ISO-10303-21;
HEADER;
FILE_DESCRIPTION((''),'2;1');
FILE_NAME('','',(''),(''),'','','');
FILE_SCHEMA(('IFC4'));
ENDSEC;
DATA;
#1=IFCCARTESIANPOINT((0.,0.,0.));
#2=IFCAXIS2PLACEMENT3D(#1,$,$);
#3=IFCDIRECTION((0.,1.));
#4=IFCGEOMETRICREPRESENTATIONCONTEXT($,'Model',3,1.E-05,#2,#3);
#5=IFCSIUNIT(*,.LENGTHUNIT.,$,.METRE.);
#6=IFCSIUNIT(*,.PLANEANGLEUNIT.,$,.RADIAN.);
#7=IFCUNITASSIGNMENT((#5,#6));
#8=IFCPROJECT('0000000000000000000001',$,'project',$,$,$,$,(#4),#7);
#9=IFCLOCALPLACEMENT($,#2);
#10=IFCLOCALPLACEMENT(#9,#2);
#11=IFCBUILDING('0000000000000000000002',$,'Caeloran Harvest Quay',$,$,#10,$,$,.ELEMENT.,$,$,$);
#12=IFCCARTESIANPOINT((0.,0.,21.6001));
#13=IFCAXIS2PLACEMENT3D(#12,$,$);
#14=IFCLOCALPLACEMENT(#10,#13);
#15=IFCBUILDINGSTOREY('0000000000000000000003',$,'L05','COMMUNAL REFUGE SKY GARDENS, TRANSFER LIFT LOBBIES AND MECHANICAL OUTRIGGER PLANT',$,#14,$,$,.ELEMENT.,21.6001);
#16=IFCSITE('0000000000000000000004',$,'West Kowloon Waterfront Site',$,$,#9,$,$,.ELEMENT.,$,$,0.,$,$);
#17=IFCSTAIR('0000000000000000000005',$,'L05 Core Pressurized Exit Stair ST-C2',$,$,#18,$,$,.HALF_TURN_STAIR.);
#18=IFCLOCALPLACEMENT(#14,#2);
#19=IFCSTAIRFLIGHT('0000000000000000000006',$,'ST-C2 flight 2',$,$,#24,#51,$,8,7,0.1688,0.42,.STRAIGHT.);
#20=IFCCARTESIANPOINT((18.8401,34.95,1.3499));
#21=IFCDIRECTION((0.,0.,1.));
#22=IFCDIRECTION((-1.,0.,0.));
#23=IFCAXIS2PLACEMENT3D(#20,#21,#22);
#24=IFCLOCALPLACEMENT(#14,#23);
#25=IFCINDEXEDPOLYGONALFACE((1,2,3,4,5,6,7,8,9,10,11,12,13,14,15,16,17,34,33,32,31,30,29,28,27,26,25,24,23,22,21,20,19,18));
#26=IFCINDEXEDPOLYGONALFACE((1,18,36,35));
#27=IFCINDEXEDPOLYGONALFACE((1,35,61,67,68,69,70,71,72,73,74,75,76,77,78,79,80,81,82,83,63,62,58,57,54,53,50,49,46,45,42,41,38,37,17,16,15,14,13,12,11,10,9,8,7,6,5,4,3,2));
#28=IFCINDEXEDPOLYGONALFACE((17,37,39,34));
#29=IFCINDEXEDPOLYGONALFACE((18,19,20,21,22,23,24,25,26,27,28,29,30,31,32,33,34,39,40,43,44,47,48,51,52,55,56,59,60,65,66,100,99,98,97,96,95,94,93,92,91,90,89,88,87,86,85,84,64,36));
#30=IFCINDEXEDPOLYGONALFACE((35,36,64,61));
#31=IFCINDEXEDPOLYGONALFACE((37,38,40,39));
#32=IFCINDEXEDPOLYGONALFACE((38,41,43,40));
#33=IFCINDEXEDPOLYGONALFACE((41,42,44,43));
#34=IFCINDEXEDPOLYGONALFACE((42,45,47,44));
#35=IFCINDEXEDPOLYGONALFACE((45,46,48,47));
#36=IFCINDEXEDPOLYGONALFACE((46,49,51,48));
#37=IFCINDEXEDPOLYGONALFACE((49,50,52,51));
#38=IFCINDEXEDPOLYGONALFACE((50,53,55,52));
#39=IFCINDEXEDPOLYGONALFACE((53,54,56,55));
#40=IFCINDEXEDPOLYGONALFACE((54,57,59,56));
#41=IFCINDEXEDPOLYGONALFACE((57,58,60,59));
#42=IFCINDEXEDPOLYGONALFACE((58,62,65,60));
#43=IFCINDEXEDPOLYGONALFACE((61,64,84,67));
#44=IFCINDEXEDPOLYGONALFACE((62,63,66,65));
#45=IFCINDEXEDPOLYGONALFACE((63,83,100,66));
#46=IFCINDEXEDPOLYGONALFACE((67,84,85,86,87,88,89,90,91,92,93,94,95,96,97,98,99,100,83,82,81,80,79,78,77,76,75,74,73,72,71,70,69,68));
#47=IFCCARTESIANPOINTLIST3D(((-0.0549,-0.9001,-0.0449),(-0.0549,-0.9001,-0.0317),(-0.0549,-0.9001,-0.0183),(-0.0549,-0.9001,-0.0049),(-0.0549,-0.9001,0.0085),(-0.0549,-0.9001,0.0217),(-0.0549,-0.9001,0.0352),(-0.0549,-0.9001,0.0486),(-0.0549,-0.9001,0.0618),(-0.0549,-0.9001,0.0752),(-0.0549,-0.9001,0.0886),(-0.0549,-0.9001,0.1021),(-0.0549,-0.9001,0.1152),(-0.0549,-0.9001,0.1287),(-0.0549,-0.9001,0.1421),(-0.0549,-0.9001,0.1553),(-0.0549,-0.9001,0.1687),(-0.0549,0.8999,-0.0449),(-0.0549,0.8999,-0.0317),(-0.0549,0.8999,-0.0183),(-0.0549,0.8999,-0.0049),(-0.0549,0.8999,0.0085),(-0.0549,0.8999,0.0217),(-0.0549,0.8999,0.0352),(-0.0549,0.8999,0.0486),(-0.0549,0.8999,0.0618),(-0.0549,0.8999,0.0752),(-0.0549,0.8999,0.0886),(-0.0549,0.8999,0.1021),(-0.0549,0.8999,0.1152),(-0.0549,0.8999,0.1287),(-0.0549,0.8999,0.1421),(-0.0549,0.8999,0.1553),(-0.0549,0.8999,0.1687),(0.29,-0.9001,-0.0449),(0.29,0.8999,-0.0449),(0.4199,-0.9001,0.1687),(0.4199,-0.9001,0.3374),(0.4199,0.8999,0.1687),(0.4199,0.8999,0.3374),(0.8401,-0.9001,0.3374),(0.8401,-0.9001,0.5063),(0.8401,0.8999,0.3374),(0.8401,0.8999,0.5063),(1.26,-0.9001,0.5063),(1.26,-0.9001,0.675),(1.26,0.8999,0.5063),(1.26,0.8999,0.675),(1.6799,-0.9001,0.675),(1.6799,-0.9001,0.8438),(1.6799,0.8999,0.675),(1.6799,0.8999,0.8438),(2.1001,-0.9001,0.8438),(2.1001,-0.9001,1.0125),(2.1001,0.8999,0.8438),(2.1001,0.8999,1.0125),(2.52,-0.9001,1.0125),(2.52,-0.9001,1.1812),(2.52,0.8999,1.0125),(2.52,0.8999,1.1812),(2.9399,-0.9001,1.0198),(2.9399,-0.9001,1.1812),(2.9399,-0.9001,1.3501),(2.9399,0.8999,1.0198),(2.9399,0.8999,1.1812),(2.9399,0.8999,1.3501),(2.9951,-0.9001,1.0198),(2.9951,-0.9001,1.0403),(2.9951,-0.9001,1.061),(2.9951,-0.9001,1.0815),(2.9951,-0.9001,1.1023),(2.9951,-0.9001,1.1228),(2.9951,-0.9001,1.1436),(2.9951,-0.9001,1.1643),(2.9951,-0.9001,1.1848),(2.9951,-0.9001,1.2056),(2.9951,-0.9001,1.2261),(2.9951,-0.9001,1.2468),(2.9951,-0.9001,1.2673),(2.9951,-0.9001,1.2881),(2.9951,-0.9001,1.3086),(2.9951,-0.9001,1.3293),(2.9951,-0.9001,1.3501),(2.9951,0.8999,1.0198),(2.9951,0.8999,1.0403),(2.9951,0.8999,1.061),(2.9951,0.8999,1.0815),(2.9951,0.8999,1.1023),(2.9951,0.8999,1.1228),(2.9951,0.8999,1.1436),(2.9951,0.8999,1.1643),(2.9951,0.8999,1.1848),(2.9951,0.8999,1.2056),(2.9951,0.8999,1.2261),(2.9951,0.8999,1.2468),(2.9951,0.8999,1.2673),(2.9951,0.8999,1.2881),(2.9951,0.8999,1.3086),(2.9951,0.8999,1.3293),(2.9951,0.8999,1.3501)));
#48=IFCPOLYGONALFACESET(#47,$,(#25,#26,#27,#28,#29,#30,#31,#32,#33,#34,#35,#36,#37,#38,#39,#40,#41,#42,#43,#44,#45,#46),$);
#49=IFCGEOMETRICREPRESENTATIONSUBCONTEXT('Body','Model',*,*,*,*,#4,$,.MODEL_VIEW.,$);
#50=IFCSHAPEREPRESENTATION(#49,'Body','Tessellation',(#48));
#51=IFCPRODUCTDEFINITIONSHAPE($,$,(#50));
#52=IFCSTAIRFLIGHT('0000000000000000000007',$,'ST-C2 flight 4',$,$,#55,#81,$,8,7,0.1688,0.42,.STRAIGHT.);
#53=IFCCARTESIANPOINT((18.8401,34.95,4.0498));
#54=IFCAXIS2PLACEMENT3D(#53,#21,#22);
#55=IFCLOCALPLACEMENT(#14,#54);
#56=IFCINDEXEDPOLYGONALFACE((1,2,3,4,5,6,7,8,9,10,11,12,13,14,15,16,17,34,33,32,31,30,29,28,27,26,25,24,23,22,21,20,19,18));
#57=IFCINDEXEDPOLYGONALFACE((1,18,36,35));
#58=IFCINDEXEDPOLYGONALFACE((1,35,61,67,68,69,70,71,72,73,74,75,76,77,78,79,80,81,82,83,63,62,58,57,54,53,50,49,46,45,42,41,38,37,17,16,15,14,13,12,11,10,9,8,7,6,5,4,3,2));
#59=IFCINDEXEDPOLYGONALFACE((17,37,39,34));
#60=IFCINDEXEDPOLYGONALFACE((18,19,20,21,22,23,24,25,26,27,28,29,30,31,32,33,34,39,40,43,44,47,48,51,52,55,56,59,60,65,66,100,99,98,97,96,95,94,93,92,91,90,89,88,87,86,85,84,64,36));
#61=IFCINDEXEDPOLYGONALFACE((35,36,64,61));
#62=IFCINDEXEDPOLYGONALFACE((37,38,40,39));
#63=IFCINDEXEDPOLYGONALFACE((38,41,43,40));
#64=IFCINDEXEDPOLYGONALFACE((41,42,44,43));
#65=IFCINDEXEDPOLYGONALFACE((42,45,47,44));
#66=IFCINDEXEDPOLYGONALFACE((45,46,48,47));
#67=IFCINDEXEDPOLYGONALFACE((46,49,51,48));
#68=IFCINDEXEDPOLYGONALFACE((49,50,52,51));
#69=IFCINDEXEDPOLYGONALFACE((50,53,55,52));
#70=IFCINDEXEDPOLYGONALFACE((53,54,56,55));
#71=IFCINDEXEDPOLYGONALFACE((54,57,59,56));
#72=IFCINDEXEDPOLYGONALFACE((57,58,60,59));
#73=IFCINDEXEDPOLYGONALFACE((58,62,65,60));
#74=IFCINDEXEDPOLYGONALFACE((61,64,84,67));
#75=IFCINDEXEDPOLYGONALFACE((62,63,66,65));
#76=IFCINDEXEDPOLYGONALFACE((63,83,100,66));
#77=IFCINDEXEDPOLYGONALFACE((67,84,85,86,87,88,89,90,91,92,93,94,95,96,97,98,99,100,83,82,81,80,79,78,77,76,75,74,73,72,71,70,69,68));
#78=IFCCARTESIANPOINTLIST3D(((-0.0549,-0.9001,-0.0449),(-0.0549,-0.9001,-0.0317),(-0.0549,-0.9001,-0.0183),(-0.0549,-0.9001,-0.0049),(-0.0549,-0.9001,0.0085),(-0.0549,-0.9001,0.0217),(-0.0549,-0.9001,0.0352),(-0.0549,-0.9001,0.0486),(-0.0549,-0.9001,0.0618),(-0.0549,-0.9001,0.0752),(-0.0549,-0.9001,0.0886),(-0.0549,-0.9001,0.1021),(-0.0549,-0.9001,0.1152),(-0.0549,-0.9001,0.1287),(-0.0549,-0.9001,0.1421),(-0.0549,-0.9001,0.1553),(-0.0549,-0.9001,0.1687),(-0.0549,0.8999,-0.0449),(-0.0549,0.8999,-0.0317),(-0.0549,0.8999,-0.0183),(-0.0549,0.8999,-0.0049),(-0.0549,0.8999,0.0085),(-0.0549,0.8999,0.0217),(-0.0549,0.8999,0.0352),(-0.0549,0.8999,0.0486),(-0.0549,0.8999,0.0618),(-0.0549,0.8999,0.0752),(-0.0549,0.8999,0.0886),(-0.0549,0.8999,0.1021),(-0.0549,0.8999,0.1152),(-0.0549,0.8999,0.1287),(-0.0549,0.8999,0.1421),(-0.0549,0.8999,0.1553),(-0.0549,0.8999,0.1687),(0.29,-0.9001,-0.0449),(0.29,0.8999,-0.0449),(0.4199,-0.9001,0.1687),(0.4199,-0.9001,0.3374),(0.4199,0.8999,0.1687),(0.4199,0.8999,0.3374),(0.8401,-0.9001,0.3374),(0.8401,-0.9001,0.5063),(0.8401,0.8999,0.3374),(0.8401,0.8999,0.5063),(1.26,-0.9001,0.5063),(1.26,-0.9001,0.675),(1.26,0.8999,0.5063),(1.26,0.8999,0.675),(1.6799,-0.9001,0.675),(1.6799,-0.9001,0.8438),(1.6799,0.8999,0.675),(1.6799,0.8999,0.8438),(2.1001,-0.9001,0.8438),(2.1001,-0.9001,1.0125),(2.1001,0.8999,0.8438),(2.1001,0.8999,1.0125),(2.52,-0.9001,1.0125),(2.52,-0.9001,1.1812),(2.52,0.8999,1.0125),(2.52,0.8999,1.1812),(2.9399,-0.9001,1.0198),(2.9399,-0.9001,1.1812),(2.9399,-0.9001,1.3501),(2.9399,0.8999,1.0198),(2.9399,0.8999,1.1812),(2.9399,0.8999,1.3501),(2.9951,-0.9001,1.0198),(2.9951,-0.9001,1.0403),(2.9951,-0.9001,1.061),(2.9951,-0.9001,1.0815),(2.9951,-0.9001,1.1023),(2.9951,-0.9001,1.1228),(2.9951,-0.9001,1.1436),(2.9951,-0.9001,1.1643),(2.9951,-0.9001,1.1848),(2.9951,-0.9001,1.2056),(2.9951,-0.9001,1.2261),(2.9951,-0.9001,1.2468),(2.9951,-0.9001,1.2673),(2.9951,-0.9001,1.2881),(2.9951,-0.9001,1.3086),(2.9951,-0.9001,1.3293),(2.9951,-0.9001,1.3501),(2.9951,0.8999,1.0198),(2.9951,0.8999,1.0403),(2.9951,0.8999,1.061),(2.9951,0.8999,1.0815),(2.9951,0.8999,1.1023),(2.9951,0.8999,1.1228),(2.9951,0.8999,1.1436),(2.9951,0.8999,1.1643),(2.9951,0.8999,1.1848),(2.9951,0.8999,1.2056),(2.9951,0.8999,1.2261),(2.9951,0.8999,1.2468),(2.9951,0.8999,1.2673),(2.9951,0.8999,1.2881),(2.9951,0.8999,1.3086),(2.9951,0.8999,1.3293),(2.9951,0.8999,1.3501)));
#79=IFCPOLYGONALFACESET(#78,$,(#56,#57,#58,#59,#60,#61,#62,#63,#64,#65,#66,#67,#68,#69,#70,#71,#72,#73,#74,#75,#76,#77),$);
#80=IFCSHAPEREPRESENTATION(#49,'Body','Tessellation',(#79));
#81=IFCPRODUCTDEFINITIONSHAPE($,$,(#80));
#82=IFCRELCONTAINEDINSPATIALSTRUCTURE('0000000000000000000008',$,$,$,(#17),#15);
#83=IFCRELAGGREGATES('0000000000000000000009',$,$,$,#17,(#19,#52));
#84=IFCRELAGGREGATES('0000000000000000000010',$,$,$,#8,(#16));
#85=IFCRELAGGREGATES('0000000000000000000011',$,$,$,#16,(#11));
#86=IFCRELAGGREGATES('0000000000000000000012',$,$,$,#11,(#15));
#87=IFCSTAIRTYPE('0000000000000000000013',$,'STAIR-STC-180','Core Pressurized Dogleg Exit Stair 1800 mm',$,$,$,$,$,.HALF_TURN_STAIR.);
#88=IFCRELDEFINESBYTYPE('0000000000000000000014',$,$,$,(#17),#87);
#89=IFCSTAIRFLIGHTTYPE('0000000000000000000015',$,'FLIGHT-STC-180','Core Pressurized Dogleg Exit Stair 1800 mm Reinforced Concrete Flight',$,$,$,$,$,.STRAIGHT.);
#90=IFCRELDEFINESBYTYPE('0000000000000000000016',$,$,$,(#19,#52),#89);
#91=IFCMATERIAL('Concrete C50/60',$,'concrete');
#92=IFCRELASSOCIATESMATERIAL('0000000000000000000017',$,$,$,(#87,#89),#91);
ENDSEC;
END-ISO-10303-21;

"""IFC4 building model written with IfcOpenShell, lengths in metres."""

from ifc_helpers import new_model, si_unit, direction, frame, origin, place, context, subcontext, project, spatial, polyline, outline, extrude, material, type_object, element, aggregate, save


model = new_model("IFC4")

# Units and contexts
model_context = context("Model", 3, precision=1e-05, world=origin(), true_north=direction((0.0, 1.0)))
body_context = subcontext(model_context, "Body", "Model", "MODEL_VIEW")
ifc_project = project(units=[si_unit("LENGTHUNIT", "METRE"), si_unit("PLANEANGLEUNIT", "RADIAN")], contexts=[model_context])

# Site, building, storey
site_placement = place(None, origin())
site = spatial("IfcSite", under=ifc_project, at=site_placement, Name="West Kowloon Waterfront Site", CompositionType="ELEMENT", RefElevation=0.0)
building_placement = place(site_placement, origin())
building = spatial("IfcBuilding", under=site, at=building_placement, Name="Caeloran Harvest Quay", CompositionType="ELEMENT")
storey_placement = place(building_placement, frame((0.0, 0.0, 21.6001)))
storey = spatial("IfcBuildingStorey", under=building, at=storey_placement, Name="L05", Description="COMMUNAL REFUGE SKY GARDENS, TRANSFER LIFT LOBBIES AND MECHANICAL OUTRIGGER PLANT", CompositionType="ELEMENT", Elevation=21.6001)

# Shared definitions
ifc_material_1 = material(Name="Concrete C50/60", Category="concrete")

# Stair, stair flights
stair_type = type_object("IfcStairType", Name="STAIR-STC-180", Description="Core Pressurized Dogleg Exit Stair 1800 mm", PredefinedType="HALF_TURN_STAIR", material=ifc_material_1)
stair_flight_type = type_object("IfcStairFlightType", Name="FLIGHT-STC-180", Description="Core Pressurized Dogleg Exit Stair 1800 mm Reinforced Concrete Flight", PredefinedType="STRAIGHT", material=ifc_material_1)
stair_1_placement = place(storey_placement, origin())
stair_1 = element("IfcStair", 1, at=stair_1_placement, inside=storey, type_object=stair_type, Name="L05 Core Pressurized Exit Stair ST-C2", PredefinedType="HALF_TURN_STAIR")
stair_flight_1_placement = place(storey_placement, frame((18.8401, 34.95, 1.3499), z_axis=(0.0, 0.0, 1.0), x_axis=(-1.0, 0.0, 0.0)))
stair_flight_1 = element("IfcStairFlight", 2, at=stair_flight_1_placement, type_object=stair_flight_type, Name="ST-C2 flight 2", NumberOfRisers=8, NumberOfTreads=7, PredefinedType="STRAIGHT", RiserHeight=0.1688, TreadLength=0.42, context=body_context, shape_type="SweptSolid", body=[
    extrude(outline(polyline([(-0.0549, -0.0449), (-0.0549, -0.0317), (-0.0549, -0.0183), (-0.0549, -0.0049), (-0.0549, 0.0085), (-0.0549, 0.0217), (-0.0549, 0.0352), (-0.0549, 0.0486), (-0.0549, 0.0618), (-0.0549, 0.0752), (-0.0549, 0.0886), (-0.0549, 0.1021), (-0.0549, 0.1152), (-0.0549, 0.1287), (-0.0549, 0.1421), (-0.0549, 0.1553), (-0.0549, 0.1687), (0.4199, 0.1687), (0.4199, 0.3374), (0.8401, 0.3374), (0.8401, 0.5063), (1.26, 0.5063), (1.26, 0.675), (1.6799, 0.675), (1.6799, 0.8438), (2.1001, 0.8438), (2.1001, 1.0125), (2.52, 1.0125), (2.52, 1.1812), (2.9399, 1.1812), (2.9399, 1.3501), (2.9951, 1.3501), (2.9951, 1.3293), (2.9951, 1.3086), (2.9951, 1.2881), (2.9951, 1.2673), (2.9951, 1.2468), (2.9951, 1.2261), (2.9951, 1.2056), (2.9951, 1.1848), (2.9951, 1.1643), (2.9951, 1.1436), (2.9951, 1.1228), (2.9951, 1.1023), (2.9951, 1.0815), (2.9951, 1.061), (2.9951, 1.0403), (2.9951, 1.0198), (2.9399, 1.0198), (0.29, -0.0449), (-0.0549, -0.0449)])), frame((0.0, 0.8999, 0.0), z_axis=(0.0, -1.0, 0.0), x_axis=(1.0, 0.0, 0.0)), (0.0, 0.0, 1.0), 1.8),
])
stair_flight_2_placement = place(storey_placement, frame((18.8401, 34.95, 4.0498), z_axis=(0.0, 0.0, 1.0), x_axis=(-1.0, 0.0, 0.0)))
stair_flight_2 = element("IfcStairFlight", 3, at=stair_flight_2_placement, type_object=stair_flight_type, Name="ST-C2 flight 4", NumberOfRisers=8, NumberOfTreads=7, PredefinedType="STRAIGHT", RiserHeight=0.1688, TreadLength=0.42, context=body_context, shape_type="SweptSolid", body=[
    extrude(outline(polyline([(-0.0549, -0.0449), (-0.0549, -0.0317), (-0.0549, -0.0183), (-0.0549, -0.0049), (-0.0549, 0.0085), (-0.0549, 0.0217), (-0.0549, 0.0352), (-0.0549, 0.0486), (-0.0549, 0.0618), (-0.0549, 0.0752), (-0.0549, 0.0886), (-0.0549, 0.1021), (-0.0549, 0.1152), (-0.0549, 0.1287), (-0.0549, 0.1421), (-0.0549, 0.1553), (-0.0549, 0.1687), (0.4199, 0.1687), (0.4199, 0.3374), (0.8401, 0.3374), (0.8401, 0.5063), (1.26, 0.5063), (1.26, 0.675), (1.6799, 0.675), (1.6799, 0.8438), (2.1001, 0.8438), (2.1001, 1.0125), (2.52, 1.0125), (2.52, 1.1812), (2.9399, 1.1812), (2.9399, 1.3501), (2.9951, 1.3501), (2.9951, 1.3293), (2.9951, 1.3086), (2.9951, 1.2881), (2.9951, 1.2673), (2.9951, 1.2468), (2.9951, 1.2261), (2.9951, 1.2056), (2.9951, 1.1848), (2.9951, 1.1643), (2.9951, 1.1436), (2.9951, 1.1228), (2.9951, 1.1023), (2.9951, 1.0815), (2.9951, 1.061), (2.9951, 1.0403), (2.9951, 1.0198), (2.9399, 1.0198), (0.29, -0.0449), (-0.0549, -0.0449)])), frame((0.0, 0.8999, 0.0), z_axis=(0.0, -1.0, 0.0), x_axis=(1.0, 0.0, 0.0)), (0.0, 0.0, 1.0), 1.8),
])
aggregate(stair_1, [stair_flight_1, stair_flight_2])

save(model, "model.ifc")
